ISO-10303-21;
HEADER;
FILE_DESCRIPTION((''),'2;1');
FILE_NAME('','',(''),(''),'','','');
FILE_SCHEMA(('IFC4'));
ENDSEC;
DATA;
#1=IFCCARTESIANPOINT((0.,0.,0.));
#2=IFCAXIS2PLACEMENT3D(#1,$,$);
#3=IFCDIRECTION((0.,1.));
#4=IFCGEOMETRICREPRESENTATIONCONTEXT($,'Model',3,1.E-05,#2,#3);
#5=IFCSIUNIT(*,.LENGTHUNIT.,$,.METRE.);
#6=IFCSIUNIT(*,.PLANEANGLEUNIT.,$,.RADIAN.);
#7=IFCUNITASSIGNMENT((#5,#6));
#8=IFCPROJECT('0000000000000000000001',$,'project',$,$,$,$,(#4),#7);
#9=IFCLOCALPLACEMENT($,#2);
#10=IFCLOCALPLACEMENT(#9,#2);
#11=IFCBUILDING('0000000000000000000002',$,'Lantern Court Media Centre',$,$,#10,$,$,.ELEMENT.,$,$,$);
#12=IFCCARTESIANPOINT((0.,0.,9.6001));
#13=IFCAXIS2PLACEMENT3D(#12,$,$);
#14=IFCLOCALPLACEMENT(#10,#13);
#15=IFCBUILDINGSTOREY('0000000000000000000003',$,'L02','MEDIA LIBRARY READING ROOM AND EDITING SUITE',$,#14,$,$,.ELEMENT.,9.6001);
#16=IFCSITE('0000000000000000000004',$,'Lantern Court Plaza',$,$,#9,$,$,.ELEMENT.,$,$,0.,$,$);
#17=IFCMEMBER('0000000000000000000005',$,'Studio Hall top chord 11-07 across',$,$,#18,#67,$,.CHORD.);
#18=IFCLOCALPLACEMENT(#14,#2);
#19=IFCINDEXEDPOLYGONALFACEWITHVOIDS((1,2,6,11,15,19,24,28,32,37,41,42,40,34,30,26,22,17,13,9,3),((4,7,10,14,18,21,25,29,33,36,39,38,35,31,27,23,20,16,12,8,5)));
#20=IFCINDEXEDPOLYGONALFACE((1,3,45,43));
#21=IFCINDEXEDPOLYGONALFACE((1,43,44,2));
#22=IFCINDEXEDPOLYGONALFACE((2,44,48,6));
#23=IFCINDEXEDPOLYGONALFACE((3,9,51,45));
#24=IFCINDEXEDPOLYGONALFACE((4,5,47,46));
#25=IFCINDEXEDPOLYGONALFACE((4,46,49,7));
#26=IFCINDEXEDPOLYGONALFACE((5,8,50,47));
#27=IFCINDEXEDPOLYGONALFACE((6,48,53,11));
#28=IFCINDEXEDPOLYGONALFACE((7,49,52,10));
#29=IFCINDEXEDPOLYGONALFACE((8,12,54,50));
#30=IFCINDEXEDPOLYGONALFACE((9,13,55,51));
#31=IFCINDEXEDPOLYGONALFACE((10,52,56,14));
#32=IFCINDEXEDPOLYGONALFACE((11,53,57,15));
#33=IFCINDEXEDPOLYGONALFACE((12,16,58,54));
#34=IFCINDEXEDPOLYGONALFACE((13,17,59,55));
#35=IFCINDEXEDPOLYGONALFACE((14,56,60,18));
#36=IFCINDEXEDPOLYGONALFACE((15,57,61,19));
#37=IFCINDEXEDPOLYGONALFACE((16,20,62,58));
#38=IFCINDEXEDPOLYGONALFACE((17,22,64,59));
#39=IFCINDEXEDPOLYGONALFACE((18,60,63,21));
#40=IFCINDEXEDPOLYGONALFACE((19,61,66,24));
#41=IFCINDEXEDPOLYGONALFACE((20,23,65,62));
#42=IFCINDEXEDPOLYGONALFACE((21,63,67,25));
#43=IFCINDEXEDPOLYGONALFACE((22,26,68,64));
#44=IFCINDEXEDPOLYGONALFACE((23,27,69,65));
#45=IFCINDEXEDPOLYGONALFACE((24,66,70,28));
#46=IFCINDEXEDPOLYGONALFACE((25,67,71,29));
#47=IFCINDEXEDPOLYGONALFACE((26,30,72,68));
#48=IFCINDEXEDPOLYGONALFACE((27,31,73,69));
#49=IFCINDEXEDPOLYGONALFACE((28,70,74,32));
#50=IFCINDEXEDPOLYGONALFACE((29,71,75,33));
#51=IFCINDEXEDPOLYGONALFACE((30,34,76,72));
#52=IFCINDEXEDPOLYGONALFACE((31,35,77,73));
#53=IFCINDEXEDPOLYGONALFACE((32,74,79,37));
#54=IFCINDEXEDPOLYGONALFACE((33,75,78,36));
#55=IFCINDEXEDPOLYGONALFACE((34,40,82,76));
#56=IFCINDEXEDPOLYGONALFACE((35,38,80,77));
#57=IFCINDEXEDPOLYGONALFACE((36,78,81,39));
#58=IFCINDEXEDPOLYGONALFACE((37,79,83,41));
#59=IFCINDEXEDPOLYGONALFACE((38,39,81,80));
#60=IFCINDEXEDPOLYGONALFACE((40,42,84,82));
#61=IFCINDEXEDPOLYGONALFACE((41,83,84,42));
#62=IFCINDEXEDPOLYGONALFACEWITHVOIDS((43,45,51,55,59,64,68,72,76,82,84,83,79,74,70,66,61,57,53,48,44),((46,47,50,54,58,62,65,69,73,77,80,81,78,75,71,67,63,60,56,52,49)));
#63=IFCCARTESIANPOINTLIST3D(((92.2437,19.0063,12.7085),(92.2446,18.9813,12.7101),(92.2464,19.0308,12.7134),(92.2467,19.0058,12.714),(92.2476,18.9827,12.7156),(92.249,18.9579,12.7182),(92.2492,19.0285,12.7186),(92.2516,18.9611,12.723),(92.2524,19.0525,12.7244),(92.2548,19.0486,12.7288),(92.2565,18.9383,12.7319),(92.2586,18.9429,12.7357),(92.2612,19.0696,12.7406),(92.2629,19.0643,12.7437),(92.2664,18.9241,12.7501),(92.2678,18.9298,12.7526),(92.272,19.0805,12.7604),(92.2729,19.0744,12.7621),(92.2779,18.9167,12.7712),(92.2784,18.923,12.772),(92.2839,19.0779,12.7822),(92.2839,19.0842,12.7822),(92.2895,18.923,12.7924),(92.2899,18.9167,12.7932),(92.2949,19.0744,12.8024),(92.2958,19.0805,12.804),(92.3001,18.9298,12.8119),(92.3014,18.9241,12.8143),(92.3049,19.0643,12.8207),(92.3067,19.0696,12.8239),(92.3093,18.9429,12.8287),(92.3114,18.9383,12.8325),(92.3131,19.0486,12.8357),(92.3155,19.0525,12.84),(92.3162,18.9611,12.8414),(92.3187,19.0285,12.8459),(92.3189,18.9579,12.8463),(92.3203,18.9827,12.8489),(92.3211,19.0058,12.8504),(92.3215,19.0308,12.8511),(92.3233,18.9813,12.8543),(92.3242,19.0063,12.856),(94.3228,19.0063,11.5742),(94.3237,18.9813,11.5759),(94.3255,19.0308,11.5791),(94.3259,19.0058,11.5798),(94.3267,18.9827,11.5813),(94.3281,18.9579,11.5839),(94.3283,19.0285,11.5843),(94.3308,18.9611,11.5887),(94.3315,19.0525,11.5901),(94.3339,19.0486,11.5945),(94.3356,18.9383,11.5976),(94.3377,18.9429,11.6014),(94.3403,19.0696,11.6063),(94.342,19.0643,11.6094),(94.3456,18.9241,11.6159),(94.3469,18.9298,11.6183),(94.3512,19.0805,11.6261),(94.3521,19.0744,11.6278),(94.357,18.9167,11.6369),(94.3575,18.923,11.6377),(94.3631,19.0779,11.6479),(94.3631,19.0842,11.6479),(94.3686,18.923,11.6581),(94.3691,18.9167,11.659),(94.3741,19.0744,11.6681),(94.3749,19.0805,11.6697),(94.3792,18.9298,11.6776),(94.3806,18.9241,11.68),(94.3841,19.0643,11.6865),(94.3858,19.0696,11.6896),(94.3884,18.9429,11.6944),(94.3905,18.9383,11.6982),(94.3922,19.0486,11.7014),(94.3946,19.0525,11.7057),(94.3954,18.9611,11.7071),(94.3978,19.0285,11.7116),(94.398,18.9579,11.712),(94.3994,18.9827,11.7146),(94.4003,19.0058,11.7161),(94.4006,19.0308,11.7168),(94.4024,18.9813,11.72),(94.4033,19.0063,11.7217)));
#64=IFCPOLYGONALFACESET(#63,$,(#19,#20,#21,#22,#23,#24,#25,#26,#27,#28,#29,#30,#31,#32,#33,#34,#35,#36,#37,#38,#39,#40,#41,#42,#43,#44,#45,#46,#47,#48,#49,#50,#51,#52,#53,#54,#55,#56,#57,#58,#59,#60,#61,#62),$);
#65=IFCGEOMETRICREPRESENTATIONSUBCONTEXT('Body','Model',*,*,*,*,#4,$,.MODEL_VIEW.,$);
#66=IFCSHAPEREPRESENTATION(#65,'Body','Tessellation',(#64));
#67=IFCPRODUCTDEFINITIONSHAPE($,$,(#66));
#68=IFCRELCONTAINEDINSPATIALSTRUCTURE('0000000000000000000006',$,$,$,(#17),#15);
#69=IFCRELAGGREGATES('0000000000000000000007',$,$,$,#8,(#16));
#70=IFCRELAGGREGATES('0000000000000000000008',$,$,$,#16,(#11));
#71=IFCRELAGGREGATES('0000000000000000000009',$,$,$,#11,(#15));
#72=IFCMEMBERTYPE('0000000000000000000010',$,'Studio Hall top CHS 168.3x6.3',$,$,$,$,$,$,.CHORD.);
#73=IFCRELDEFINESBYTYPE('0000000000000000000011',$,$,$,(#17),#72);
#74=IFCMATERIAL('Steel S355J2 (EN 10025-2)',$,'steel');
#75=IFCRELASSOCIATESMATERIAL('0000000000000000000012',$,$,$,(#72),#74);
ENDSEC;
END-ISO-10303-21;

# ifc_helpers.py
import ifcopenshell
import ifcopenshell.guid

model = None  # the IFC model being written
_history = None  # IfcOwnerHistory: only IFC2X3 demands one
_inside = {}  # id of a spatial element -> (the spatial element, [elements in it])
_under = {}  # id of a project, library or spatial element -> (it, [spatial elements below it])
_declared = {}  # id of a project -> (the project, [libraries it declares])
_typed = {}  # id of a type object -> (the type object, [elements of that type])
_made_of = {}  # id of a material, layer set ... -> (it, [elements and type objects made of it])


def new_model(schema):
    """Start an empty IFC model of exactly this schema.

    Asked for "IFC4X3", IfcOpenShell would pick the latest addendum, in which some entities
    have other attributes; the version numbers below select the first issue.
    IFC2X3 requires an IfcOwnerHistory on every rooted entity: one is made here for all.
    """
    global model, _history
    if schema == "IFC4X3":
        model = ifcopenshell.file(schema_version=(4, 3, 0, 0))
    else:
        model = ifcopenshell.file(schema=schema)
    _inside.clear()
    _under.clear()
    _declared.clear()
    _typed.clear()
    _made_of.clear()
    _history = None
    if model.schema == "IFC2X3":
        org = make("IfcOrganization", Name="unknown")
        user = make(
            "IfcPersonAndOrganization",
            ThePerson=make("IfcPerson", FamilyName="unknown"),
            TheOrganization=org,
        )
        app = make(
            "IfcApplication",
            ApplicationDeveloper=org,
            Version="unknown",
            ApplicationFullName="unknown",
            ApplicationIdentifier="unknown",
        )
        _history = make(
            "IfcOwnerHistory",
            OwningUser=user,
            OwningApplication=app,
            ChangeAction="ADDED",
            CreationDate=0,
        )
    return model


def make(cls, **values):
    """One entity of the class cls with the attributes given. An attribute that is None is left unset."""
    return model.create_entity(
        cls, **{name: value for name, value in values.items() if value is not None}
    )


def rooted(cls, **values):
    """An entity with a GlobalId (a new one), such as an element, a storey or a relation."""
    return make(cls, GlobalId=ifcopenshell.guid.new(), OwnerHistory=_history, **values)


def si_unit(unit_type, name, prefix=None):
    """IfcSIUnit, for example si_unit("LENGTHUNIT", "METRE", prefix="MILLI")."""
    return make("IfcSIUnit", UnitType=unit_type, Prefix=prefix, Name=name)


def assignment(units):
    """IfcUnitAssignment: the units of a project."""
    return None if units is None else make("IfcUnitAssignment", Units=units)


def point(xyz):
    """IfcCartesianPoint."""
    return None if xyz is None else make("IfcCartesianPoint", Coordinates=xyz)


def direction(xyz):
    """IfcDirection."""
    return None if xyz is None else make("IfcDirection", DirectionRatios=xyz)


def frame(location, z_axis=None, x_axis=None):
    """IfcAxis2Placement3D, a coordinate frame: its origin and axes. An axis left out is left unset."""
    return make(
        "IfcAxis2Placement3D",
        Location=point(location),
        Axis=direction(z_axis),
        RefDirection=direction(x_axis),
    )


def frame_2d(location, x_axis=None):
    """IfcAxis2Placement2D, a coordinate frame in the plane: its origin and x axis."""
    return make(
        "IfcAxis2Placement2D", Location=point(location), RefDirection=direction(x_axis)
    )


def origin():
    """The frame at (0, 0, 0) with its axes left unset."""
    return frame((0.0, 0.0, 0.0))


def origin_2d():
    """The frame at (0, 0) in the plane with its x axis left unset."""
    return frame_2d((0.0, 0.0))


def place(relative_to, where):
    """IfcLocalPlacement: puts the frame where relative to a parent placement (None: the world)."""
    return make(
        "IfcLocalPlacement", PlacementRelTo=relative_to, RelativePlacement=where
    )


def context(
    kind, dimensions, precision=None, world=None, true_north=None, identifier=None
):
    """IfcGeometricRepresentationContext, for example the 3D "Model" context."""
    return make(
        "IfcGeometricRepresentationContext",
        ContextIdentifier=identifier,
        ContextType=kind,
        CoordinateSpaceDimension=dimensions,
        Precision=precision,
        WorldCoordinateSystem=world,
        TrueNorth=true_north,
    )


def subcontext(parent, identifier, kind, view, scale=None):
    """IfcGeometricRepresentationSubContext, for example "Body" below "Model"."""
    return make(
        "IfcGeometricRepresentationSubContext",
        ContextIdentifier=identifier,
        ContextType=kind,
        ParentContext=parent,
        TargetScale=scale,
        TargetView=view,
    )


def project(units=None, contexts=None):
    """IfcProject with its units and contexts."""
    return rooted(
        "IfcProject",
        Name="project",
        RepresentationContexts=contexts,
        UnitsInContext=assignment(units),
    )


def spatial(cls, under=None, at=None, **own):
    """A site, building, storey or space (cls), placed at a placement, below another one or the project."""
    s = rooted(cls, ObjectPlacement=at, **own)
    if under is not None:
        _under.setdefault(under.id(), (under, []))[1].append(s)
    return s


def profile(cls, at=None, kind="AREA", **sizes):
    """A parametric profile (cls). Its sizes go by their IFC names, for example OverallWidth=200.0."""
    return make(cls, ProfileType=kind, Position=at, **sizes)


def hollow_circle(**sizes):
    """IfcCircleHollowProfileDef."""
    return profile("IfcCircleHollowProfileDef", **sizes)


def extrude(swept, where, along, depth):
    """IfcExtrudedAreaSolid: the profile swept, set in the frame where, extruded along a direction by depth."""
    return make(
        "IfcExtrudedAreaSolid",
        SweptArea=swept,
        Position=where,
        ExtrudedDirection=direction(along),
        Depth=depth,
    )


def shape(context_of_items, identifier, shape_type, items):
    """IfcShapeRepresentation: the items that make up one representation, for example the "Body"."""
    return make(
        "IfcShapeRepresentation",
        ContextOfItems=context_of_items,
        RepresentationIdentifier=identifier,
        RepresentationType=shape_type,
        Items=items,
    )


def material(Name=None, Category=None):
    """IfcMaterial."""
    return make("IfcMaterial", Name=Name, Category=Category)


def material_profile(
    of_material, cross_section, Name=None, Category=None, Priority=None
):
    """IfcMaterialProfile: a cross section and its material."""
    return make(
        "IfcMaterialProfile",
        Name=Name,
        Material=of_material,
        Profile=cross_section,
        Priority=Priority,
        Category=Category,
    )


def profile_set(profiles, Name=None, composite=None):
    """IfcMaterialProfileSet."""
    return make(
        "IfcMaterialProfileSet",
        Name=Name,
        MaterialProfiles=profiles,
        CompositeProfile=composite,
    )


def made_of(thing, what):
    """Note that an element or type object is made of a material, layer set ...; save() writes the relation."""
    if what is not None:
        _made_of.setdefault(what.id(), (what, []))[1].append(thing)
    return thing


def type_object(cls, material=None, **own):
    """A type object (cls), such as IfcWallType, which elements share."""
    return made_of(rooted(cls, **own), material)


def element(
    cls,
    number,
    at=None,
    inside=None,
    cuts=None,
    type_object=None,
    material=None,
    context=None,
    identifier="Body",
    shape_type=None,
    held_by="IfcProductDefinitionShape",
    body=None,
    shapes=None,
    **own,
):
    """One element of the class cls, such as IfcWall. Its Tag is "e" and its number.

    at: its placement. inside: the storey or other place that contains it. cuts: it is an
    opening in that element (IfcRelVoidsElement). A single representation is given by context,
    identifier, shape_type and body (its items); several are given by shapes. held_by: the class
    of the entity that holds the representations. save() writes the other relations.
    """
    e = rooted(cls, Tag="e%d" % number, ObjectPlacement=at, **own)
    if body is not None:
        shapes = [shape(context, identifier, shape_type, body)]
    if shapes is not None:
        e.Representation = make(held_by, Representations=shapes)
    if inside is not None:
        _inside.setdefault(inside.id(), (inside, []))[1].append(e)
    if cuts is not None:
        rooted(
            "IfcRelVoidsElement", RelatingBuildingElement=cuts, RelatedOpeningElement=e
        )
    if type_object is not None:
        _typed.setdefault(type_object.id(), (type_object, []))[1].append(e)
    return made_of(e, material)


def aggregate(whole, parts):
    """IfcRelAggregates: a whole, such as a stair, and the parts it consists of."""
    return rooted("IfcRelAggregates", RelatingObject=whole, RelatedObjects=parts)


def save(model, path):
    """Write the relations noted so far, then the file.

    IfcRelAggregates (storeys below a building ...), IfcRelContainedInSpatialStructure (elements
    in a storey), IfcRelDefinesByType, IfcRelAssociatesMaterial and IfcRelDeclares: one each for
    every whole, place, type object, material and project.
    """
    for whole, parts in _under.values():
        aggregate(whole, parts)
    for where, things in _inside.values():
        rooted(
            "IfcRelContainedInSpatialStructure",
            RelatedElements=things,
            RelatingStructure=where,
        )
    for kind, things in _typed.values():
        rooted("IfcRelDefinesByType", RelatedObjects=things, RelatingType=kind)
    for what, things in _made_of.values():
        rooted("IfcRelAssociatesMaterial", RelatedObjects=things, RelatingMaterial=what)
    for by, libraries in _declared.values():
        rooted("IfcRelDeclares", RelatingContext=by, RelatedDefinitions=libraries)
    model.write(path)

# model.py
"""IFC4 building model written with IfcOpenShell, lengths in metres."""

from ifc_helpers import new_model, si_unit, direction, frame, origin, origin_2d, place, context, subcontext, project, spatial, hollow_circle, extrude, material, material_profile, profile_set, type_object, element, save


model = new_model("IFC4")

# Units and contexts
model_context = context("Model", 3, precision=1e-05, world=origin(), true_north=direction((0.0, 1.0)))
body_context = subcontext(model_context, "Body", "Model", "MODEL_VIEW")
ifc_project = project(units=[si_unit("LENGTHUNIT", "METRE"), si_unit("PLANEANGLEUNIT", "RADIAN")], contexts=[model_context])

# Site, building, storey
site_placement = place(None, origin())
site = spatial("IfcSite", under=ifc_project, at=site_placement, Name="Lantern Court Plaza", CompositionType="ELEMENT", RefElevation=0.0)
building_placement = place(site_placement, origin())
building = spatial("IfcBuilding", under=site, at=building_placement, Name="Lantern Court Media Centre", CompositionType="ELEMENT")
storey_placement = place(building_placement, frame((0.0, 0.0, 9.6001)))
storey = spatial("IfcBuildingStorey", under=building, at=storey_placement, Name="L02", Description="MEDIA LIBRARY READING ROOM AND EDITING SUITE", CompositionType="ELEMENT", Elevation=9.6001)

# Member
ifc_material = material(Name="Steel S355J2 (EN 10025-2)", Category="steel")
ifc_material_profile_1 = material_profile(ifc_material, hollow_circle(Radius=0.0842, WallThickness=0.0063, at=origin_2d()), Name="Studio Hall top CHS 168.3x6.3")
ifc_profile_set_1 = profile_set([ifc_material_profile_1], Name="Steel S355J2 (EN 10025-2)")
member_type_1 = type_object("IfcMemberType", Name="Studio Hall top CHS 168.3x6.3", PredefinedType="CHORD", material=ifc_profile_set_1)
member_1_placement = place(storey_placement, frame((92.2839, 19.0, 12.7822), z_axis=(0.877856, 0.0, -0.478924), x_axis=(0.0, 1.0, 0.0)))
element("IfcMember", 1, at=member_1_placement, inside=storey, type_object=member_type_1, Name="Studio Hall top chord 11-07 across", PredefinedType="CHORD", context=body_context, shape_type="SweptSolid", body=[
    extrude(hollow_circle(Radius=0.0842, WallThickness=0.0063, at=origin_2d()), origin(), (0.0, 0.0, 1.0), 2.3684),
])

save(model, "model.ifc")
